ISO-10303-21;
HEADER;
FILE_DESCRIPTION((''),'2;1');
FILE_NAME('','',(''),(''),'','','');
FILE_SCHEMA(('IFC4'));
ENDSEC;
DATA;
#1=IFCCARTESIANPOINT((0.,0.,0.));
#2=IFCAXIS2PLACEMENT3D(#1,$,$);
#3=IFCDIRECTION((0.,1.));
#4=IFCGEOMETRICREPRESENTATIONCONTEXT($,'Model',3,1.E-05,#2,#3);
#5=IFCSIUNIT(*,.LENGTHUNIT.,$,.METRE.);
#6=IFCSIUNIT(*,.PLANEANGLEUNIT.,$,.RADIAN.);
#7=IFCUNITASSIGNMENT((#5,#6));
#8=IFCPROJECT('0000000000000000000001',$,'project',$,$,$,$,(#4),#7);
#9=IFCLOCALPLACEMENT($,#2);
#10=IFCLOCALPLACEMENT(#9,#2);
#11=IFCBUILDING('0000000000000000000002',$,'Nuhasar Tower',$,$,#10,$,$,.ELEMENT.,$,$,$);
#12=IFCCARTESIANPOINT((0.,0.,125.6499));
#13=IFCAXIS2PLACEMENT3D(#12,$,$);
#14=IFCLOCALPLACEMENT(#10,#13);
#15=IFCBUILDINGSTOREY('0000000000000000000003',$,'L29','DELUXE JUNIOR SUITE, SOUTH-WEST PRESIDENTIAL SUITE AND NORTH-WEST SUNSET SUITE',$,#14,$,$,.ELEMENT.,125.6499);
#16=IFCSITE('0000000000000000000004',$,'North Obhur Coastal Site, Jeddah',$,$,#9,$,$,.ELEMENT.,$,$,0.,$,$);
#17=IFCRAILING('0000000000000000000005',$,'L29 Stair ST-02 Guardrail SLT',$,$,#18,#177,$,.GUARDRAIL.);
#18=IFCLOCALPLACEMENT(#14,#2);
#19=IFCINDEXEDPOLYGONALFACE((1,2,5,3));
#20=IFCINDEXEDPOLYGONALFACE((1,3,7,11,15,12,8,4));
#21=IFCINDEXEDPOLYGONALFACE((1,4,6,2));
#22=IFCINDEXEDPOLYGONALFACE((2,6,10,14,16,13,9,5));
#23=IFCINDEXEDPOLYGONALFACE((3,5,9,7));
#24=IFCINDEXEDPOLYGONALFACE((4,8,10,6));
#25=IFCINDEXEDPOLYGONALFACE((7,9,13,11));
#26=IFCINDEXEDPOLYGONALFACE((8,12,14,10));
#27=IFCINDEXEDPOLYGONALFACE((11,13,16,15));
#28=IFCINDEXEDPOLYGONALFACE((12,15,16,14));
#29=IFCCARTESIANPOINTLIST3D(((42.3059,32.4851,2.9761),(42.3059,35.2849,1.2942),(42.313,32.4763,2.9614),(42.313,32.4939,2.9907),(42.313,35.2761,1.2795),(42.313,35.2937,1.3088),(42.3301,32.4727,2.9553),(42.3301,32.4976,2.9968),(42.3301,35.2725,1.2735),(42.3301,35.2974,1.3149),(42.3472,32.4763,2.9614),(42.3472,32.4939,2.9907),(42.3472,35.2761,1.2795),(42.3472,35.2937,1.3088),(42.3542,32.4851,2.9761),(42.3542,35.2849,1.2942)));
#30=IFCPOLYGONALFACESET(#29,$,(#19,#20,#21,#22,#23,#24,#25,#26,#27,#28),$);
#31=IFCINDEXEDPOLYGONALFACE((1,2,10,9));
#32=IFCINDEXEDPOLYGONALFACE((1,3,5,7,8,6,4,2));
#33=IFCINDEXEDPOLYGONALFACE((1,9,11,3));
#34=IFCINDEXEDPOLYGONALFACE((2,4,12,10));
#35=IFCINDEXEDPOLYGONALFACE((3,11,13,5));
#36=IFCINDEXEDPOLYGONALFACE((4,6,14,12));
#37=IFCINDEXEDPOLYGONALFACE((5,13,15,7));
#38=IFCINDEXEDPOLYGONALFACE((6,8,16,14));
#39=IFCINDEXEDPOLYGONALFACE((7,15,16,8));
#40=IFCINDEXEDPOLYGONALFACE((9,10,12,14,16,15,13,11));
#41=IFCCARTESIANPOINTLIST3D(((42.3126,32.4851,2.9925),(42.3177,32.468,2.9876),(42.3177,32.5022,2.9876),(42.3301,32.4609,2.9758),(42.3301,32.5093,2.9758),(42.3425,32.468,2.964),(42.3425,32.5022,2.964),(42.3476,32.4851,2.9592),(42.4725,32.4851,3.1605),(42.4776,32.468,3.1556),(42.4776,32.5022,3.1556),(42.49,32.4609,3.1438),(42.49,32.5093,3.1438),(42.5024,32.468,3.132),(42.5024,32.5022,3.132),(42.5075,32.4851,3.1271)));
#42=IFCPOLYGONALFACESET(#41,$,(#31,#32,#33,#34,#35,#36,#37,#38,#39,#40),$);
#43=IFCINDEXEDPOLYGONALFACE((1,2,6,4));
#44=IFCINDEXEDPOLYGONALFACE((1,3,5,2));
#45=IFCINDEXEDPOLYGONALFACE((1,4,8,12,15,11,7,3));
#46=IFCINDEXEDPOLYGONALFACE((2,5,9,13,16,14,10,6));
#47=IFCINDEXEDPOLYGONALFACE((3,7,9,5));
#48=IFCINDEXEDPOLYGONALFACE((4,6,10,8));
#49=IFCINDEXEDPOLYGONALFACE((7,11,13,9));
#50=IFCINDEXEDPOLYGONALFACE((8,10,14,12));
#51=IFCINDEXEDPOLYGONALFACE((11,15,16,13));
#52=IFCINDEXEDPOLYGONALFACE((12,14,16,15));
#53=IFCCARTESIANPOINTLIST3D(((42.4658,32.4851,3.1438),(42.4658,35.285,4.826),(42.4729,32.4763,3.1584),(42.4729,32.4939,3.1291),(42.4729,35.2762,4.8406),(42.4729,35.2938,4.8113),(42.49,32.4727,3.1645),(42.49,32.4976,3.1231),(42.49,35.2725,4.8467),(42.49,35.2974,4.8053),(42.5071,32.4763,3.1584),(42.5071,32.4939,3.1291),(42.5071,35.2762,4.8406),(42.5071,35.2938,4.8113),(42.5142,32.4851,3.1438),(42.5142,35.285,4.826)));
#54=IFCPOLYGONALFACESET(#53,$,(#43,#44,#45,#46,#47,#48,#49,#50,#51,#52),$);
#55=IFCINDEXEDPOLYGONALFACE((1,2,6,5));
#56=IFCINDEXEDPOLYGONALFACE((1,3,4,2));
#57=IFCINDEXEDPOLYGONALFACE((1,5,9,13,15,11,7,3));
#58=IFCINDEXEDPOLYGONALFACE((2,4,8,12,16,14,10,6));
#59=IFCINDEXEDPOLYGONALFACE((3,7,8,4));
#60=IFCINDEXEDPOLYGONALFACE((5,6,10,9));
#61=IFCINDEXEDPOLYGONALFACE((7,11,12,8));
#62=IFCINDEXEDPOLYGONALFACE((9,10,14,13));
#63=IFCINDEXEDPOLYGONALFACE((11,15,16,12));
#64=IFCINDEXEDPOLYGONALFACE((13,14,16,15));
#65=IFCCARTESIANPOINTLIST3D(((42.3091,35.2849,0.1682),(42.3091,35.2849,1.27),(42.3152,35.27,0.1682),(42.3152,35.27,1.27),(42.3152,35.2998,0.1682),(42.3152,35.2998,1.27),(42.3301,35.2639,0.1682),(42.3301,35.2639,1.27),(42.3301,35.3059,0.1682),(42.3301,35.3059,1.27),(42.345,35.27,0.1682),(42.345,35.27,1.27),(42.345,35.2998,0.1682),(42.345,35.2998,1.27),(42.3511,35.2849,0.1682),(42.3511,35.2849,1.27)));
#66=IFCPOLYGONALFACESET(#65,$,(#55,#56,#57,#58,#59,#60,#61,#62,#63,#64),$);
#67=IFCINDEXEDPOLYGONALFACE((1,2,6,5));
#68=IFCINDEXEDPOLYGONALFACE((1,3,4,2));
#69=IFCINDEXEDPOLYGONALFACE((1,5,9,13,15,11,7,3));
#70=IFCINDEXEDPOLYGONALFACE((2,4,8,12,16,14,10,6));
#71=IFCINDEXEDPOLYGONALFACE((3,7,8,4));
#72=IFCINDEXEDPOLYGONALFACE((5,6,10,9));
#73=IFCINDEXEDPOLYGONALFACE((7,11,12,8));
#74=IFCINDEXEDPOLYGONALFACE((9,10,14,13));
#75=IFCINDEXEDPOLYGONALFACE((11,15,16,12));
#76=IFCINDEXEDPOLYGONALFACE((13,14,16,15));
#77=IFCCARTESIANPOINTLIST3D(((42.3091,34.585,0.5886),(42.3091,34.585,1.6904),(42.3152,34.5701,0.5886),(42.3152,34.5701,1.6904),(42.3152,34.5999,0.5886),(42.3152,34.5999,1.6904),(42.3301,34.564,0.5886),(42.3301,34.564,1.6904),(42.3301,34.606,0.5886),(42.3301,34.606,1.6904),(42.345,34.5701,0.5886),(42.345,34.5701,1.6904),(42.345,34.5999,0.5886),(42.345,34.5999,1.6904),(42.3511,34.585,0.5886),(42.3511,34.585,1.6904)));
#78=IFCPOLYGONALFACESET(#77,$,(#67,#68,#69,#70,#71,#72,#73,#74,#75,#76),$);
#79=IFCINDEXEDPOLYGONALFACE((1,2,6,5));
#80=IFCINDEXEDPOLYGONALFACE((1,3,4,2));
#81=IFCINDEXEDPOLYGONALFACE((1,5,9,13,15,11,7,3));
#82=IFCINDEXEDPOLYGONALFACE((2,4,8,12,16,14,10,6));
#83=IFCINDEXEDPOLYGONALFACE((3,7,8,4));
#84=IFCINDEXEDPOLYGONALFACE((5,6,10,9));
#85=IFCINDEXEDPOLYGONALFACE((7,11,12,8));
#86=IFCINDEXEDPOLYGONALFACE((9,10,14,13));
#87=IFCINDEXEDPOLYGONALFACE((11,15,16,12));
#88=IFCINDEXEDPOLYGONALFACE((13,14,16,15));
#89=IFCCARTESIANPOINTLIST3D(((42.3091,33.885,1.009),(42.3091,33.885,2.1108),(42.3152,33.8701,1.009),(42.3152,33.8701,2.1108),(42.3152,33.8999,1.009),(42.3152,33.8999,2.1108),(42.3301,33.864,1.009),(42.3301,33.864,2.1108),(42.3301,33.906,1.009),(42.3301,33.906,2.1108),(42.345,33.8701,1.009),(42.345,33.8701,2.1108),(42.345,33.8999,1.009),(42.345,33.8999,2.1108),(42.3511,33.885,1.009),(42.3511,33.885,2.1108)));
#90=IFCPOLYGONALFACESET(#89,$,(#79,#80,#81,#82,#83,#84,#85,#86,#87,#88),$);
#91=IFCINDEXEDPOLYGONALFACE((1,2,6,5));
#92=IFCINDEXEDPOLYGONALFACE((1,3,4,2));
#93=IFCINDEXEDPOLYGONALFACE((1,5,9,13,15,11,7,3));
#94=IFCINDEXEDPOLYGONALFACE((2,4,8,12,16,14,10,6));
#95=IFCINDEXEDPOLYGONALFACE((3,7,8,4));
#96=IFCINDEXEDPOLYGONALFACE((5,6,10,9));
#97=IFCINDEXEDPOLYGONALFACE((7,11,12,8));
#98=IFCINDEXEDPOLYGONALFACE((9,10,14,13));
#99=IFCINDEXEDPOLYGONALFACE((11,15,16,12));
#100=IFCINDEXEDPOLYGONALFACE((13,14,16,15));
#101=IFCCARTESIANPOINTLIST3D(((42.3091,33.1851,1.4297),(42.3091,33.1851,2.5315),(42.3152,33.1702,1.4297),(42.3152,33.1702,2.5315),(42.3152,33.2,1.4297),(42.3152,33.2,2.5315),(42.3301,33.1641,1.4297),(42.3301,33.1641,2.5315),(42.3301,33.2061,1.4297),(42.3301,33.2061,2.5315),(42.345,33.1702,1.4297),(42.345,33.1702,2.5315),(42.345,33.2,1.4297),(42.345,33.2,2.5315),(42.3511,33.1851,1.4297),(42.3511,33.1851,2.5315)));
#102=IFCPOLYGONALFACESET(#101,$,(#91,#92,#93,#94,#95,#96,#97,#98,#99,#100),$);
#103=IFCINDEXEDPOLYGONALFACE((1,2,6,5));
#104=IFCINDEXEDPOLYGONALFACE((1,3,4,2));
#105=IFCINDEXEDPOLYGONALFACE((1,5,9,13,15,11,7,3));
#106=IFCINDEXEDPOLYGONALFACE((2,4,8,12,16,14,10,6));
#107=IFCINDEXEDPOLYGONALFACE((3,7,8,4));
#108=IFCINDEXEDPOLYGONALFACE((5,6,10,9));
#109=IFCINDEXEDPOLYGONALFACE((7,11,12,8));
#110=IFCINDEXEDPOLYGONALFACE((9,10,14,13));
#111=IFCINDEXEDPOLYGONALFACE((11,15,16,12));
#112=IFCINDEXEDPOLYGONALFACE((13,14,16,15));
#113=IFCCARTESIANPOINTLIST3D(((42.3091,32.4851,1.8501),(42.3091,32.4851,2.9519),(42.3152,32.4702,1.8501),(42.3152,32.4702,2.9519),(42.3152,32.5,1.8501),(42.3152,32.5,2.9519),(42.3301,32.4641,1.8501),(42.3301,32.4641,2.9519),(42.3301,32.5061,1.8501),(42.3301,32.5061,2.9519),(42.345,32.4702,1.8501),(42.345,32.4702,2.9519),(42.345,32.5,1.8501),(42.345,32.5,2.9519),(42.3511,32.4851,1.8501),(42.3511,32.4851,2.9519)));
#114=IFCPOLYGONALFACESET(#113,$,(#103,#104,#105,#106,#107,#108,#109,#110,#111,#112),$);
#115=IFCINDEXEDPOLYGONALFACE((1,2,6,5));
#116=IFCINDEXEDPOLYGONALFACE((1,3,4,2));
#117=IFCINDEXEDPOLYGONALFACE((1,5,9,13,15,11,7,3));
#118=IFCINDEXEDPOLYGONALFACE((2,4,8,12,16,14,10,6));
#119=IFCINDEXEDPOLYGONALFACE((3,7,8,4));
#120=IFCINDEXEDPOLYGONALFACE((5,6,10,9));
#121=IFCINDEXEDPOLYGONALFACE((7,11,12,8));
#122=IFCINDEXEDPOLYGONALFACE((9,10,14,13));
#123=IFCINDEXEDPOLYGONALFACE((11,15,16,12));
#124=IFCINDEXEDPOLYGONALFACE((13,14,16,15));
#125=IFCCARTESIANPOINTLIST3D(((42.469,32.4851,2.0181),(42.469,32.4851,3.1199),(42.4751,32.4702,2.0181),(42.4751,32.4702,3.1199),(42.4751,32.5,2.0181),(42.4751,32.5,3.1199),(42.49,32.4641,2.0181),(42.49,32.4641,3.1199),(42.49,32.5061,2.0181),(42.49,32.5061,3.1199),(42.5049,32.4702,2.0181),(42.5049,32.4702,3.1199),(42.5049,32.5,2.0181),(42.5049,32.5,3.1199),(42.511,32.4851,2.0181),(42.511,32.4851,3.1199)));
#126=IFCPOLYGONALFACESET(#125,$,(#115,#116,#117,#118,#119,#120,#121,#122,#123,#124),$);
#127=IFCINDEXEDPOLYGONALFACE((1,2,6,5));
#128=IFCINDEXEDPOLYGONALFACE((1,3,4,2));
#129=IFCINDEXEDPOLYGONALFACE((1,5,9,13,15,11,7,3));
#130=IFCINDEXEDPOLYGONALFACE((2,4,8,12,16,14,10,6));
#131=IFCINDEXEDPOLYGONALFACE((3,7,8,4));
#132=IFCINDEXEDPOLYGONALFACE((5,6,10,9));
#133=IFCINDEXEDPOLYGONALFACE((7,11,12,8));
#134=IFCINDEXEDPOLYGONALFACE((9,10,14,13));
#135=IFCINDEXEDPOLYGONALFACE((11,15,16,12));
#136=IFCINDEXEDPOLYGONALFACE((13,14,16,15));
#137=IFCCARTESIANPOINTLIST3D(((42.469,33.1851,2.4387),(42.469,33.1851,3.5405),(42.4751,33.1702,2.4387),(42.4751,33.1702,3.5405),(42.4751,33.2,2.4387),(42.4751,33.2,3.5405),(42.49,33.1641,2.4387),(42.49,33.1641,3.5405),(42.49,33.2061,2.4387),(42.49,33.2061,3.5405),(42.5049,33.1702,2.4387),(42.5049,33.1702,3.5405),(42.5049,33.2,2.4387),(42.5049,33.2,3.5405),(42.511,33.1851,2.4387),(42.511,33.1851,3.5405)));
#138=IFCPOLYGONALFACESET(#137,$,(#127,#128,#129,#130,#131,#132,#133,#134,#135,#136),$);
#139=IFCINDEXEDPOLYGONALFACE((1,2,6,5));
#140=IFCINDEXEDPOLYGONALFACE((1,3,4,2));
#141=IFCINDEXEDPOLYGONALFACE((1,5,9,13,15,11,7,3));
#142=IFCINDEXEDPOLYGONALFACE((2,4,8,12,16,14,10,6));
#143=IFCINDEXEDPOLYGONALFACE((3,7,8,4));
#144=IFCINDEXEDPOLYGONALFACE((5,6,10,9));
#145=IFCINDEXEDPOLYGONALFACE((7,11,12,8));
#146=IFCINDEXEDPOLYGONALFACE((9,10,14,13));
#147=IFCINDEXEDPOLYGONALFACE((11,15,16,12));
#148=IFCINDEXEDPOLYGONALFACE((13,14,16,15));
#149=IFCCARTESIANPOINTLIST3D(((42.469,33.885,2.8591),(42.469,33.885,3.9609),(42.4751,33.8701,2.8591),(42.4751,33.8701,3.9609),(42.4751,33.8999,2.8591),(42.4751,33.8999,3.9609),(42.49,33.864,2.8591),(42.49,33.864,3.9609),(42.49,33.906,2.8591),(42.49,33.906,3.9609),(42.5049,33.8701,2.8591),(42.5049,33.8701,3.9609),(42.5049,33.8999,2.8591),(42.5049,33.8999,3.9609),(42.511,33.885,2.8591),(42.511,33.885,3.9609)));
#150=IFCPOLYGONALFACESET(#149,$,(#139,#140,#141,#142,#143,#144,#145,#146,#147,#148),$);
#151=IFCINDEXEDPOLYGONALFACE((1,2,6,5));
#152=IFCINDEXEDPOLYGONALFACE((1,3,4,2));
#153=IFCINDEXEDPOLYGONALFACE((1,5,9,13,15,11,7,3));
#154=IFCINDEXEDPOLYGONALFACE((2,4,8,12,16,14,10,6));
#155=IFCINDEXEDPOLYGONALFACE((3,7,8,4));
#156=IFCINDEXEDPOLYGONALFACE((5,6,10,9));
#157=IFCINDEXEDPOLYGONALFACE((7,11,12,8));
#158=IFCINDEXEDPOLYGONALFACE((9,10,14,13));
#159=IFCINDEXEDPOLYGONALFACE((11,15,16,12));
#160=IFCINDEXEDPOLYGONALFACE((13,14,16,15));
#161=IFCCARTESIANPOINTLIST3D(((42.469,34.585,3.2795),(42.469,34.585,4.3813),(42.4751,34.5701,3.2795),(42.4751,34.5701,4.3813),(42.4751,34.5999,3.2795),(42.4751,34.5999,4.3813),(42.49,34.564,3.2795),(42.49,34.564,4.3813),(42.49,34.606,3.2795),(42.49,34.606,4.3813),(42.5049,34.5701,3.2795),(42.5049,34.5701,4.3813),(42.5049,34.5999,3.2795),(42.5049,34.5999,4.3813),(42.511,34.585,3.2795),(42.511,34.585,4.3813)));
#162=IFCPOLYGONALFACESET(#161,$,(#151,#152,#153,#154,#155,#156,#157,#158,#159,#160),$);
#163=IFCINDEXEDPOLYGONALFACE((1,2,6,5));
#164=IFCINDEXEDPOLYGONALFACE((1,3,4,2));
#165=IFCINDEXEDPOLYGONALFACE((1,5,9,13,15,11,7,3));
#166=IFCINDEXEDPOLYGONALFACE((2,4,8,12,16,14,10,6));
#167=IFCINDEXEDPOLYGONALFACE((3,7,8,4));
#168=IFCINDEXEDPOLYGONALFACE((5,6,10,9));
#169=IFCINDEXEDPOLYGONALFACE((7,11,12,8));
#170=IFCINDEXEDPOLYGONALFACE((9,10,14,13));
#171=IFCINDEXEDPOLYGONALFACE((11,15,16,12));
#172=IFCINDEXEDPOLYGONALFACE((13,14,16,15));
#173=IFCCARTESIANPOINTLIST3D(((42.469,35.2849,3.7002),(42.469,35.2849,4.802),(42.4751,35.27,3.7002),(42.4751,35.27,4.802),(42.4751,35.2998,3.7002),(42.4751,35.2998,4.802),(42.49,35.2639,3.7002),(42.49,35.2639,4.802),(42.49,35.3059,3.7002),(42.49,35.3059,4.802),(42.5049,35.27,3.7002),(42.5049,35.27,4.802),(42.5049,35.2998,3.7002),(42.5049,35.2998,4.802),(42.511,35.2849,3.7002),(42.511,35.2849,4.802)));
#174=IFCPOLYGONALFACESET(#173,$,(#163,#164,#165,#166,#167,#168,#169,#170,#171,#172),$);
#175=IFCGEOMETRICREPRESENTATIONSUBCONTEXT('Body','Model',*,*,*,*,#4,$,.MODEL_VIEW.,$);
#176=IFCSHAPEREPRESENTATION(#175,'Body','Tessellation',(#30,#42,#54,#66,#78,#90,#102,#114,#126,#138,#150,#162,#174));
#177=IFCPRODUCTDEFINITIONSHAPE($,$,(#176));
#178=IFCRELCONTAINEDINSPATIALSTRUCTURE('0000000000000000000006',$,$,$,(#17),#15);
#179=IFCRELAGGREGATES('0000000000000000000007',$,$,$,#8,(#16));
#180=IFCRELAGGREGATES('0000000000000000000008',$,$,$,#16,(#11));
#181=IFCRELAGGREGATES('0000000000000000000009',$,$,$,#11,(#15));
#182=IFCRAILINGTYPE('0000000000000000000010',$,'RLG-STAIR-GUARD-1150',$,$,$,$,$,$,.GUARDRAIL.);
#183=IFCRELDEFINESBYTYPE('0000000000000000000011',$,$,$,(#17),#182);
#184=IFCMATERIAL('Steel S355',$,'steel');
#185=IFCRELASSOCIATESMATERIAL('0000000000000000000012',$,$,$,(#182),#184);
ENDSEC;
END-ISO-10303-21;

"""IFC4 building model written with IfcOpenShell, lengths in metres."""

from ifc_helpers import new_model, si_unit, direction, frame, origin, place, context, subcontext, project, spatial, polyline, outline, extrude, material, type_object, element, save


model = new_model("IFC4")

# Units and contexts
model_context = context("Model", 3, precision=1e-05, world=origin(), true_north=direction((0.0, 1.0)))
body_context = subcontext(model_context, "Body", "Model", "MODEL_VIEW")
ifc_project = project(units=[si_unit("LENGTHUNIT", "METRE"), si_unit("PLANEANGLEUNIT", "RADIAN")], contexts=[model_context])

# Site, building, storey
site_placement = place(None, origin())
site = spatial("IfcSite", under=ifc_project, at=site_placement, Name="North Obhur Coastal Site, Jeddah", CompositionType="ELEMENT", RefElevation=0.0)
building_placement = place(site_placement, origin())
building = spatial("IfcBuilding", under=site, at=building_placement, Name="Nuhasar Tower", CompositionType="ELEMENT")
storey_placement = place(building_placement, frame((0.0, 0.0, 125.6499)))
storey = spatial("IfcBuildingStorey", under=building, at=storey_placement, Name="L29", Description="DELUXE JUNIOR SUITE, SOUTH-WEST PRESIDENTIAL SUITE AND NORTH-WEST SUNSET SUITE", CompositionType="ELEMENT", Elevation=125.6499)

# Shared definitions
ifc_material_1 = material(Name="Steel S355", Category="steel")

# Railing
railing_type_1 = type_object("IfcRailingType", Name="RLG-STAIR-GUARD-1150", PredefinedType="GUARDRAIL", material=ifc_material_1)
railing_1_placement = place(storey_placement, frame((42.3301, 35.2849, 0.1682)))
element("IfcRailing", 1, at=railing_1_placement, inside=storey, type_object=railing_type_1, Name="L29 Stair ST-02 Guardrail SLT", PredefinedType="GUARDRAIL", context=body_context, shape_type="SweptSolid", body=[
    extrude(outline(polyline([(0.0242, 0.0), (0.0171, 0.0171), (0.0, 0.0242), (-0.0171, 0.0171), (-0.0242, 0.0), (-0.0171, -0.0171), (0.0, -0.0242), (0.0171, -0.0171), (0.0242, 0.0)])), frame((0.0, 0.0, 1.126), z_axis=(0.0, -0.857222, 0.514946), x_axis=(1.0, 0.0, 0.0)), (0.0, 0.0, 1.0), 3.2661),
    extrude(outline(polyline([(0.0242, 0.0), (0.0171, 0.0171), (0.0, 0.0242), (-0.0171, 0.0171), (-0.0242, 0.0), (-0.0171, -0.0171), (0.0, -0.0242), (0.0171, -0.0171), (0.0242, 0.0)])), frame((0.0, -2.7998, 2.8076), z_axis=(0.689524, 0.0, 0.724263), x_axis=(0.0, 1.0, 0.0)), (0.0, 0.0, 1.0), 0.2319),
    extrude(outline(polyline([(0.0242, 0.0), (0.0171, 0.0171), (0.0, 0.0242), (-0.0171, 0.0171), (-0.0242, 0.0), (-0.0171, -0.0171), (0.0, -0.0242), (0.0171, -0.0171), (0.0242, 0.0)])), frame((0.1599, -2.7998, 2.9756), z_axis=(0.0, 0.857189, 0.515001), x_axis=(-1.0, 0.0, 0.0)), (0.0, 0.0, 1.0), 3.2664),
    extrude(outline(polyline([(0.021, 0.0), (0.0149, 0.0149), (0.0, 0.021), (-0.0149, 0.0149), (-0.021, 0.0), (-0.0149, -0.0149), (0.0, -0.021), (0.0149, -0.0149), (0.021, 0.0)])), origin(), (0.0, 0.0, 1.0), 1.1018),
    extrude(outline(polyline([(0.021, 0.0), (0.0149, 0.0149), (0.0, 0.021), (-0.0149, 0.0149), (-0.021, 0.0), (-0.0149, -0.0149), (0.0, -0.021), (0.0149, -0.0149), (0.021, 0.0)])), frame((0.0, -0.7, 0.4204)), (0.0, 0.0, 1.0), 1.1018),
    extrude(outline(polyline([(0.021, 0.0), (0.0149, 0.0149), (0.0, 0.021), (-0.0149, 0.0149), (-0.021, 0.0), (-0.0149, -0.0149), (0.0, -0.021), (0.0149, -0.0149), (0.021, 0.0)])), frame((0.0, -1.3999, 0.8408)), (0.0, 0.0, 1.0), 1.1018),
    extrude(outline(polyline([(0.021, 0.0), (0.0149, 0.0149), (0.0, 0.021), (-0.0149, 0.0149), (-0.021, 0.0), (-0.0149, -0.0149), (0.0, -0.021), (0.0149, -0.0149), (0.021, 0.0)])), frame((0.0, -2.0999, 1.2615)), (0.0, 0.0, 1.0), 1.1018),
    extrude(outline(polyline([(0.021, 0.0), (0.0149, 0.0149), (0.0, 0.021), (-0.0149, 0.0149), (-0.021, 0.0), (-0.0149, -0.0149), (0.0, -0.021), (0.0149, -0.0149), (0.021, 0.0)])), frame((0.0, -2.7998, 1.6819)), (0.0, 0.0, 1.0), 1.1018),
    extrude(outline(polyline([(0.021, 0.0), (0.0149, 0.0149), (0.0, 0.021), (-0.0149, 0.0149), (-0.021, 0.0), (-0.0149, -0.0149), (0.0, -0.021), (0.0149, -0.0149), (0.021, 0.0)])), frame((0.1599, -2.7998, 1.8499)), (0.0, 0.0, 1.0), 1.1018),
    extrude(outline(polyline([(0.021, 0.0), (0.0149, 0.0149), (0.0, 0.021), (-0.0149, 0.0149), (-0.021, 0.0), (-0.0149, -0.0149), (0.0, -0.021), (0.0149, -0.0149), (0.021, 0.0)])), frame((0.1599, -2.0999, 2.2705)), (0.0, 0.0, 1.0), 1.1018),
    extrude(outline(polyline([(0.021, 0.0), (0.0149, 0.0149), (0.0, 0.021), (-0.0149, 0.0149), (-0.021, 0.0), (-0.0149, -0.0149), (0.0, -0.021), (0.0149, -0.0149), (0.021, 0.0)])), frame((0.1599, -1.3999, 2.6909)), (0.0, 0.0, 1.0), 1.1018),
    extrude(outline(polyline([(0.021, 0.0), (0.0149, 0.0149), (0.0, 0.021), (-0.0149, 0.0149), (-0.021, 0.0), (-0.0149, -0.0149), (0.0, -0.021), (0.0149, -0.0149), (0.021, 0.0)])), frame((0.1599, -0.7, 3.1113)), (0.0, 0.0, 1.0), 1.1018),
    extrude(outline(polyline([(0.021, 0.0), (0.0149, 0.0149), (0.0, 0.021), (-0.0149, 0.0149), (-0.021, 0.0), (-0.0149, -0.0149), (0.0, -0.021), (0.0149, -0.0149), (0.021, 0.0)])), frame((0.1599, 0.0, 3.532)), (0.0, 0.0, 1.0), 1.1018),
])

save(model, "model.ifc")
